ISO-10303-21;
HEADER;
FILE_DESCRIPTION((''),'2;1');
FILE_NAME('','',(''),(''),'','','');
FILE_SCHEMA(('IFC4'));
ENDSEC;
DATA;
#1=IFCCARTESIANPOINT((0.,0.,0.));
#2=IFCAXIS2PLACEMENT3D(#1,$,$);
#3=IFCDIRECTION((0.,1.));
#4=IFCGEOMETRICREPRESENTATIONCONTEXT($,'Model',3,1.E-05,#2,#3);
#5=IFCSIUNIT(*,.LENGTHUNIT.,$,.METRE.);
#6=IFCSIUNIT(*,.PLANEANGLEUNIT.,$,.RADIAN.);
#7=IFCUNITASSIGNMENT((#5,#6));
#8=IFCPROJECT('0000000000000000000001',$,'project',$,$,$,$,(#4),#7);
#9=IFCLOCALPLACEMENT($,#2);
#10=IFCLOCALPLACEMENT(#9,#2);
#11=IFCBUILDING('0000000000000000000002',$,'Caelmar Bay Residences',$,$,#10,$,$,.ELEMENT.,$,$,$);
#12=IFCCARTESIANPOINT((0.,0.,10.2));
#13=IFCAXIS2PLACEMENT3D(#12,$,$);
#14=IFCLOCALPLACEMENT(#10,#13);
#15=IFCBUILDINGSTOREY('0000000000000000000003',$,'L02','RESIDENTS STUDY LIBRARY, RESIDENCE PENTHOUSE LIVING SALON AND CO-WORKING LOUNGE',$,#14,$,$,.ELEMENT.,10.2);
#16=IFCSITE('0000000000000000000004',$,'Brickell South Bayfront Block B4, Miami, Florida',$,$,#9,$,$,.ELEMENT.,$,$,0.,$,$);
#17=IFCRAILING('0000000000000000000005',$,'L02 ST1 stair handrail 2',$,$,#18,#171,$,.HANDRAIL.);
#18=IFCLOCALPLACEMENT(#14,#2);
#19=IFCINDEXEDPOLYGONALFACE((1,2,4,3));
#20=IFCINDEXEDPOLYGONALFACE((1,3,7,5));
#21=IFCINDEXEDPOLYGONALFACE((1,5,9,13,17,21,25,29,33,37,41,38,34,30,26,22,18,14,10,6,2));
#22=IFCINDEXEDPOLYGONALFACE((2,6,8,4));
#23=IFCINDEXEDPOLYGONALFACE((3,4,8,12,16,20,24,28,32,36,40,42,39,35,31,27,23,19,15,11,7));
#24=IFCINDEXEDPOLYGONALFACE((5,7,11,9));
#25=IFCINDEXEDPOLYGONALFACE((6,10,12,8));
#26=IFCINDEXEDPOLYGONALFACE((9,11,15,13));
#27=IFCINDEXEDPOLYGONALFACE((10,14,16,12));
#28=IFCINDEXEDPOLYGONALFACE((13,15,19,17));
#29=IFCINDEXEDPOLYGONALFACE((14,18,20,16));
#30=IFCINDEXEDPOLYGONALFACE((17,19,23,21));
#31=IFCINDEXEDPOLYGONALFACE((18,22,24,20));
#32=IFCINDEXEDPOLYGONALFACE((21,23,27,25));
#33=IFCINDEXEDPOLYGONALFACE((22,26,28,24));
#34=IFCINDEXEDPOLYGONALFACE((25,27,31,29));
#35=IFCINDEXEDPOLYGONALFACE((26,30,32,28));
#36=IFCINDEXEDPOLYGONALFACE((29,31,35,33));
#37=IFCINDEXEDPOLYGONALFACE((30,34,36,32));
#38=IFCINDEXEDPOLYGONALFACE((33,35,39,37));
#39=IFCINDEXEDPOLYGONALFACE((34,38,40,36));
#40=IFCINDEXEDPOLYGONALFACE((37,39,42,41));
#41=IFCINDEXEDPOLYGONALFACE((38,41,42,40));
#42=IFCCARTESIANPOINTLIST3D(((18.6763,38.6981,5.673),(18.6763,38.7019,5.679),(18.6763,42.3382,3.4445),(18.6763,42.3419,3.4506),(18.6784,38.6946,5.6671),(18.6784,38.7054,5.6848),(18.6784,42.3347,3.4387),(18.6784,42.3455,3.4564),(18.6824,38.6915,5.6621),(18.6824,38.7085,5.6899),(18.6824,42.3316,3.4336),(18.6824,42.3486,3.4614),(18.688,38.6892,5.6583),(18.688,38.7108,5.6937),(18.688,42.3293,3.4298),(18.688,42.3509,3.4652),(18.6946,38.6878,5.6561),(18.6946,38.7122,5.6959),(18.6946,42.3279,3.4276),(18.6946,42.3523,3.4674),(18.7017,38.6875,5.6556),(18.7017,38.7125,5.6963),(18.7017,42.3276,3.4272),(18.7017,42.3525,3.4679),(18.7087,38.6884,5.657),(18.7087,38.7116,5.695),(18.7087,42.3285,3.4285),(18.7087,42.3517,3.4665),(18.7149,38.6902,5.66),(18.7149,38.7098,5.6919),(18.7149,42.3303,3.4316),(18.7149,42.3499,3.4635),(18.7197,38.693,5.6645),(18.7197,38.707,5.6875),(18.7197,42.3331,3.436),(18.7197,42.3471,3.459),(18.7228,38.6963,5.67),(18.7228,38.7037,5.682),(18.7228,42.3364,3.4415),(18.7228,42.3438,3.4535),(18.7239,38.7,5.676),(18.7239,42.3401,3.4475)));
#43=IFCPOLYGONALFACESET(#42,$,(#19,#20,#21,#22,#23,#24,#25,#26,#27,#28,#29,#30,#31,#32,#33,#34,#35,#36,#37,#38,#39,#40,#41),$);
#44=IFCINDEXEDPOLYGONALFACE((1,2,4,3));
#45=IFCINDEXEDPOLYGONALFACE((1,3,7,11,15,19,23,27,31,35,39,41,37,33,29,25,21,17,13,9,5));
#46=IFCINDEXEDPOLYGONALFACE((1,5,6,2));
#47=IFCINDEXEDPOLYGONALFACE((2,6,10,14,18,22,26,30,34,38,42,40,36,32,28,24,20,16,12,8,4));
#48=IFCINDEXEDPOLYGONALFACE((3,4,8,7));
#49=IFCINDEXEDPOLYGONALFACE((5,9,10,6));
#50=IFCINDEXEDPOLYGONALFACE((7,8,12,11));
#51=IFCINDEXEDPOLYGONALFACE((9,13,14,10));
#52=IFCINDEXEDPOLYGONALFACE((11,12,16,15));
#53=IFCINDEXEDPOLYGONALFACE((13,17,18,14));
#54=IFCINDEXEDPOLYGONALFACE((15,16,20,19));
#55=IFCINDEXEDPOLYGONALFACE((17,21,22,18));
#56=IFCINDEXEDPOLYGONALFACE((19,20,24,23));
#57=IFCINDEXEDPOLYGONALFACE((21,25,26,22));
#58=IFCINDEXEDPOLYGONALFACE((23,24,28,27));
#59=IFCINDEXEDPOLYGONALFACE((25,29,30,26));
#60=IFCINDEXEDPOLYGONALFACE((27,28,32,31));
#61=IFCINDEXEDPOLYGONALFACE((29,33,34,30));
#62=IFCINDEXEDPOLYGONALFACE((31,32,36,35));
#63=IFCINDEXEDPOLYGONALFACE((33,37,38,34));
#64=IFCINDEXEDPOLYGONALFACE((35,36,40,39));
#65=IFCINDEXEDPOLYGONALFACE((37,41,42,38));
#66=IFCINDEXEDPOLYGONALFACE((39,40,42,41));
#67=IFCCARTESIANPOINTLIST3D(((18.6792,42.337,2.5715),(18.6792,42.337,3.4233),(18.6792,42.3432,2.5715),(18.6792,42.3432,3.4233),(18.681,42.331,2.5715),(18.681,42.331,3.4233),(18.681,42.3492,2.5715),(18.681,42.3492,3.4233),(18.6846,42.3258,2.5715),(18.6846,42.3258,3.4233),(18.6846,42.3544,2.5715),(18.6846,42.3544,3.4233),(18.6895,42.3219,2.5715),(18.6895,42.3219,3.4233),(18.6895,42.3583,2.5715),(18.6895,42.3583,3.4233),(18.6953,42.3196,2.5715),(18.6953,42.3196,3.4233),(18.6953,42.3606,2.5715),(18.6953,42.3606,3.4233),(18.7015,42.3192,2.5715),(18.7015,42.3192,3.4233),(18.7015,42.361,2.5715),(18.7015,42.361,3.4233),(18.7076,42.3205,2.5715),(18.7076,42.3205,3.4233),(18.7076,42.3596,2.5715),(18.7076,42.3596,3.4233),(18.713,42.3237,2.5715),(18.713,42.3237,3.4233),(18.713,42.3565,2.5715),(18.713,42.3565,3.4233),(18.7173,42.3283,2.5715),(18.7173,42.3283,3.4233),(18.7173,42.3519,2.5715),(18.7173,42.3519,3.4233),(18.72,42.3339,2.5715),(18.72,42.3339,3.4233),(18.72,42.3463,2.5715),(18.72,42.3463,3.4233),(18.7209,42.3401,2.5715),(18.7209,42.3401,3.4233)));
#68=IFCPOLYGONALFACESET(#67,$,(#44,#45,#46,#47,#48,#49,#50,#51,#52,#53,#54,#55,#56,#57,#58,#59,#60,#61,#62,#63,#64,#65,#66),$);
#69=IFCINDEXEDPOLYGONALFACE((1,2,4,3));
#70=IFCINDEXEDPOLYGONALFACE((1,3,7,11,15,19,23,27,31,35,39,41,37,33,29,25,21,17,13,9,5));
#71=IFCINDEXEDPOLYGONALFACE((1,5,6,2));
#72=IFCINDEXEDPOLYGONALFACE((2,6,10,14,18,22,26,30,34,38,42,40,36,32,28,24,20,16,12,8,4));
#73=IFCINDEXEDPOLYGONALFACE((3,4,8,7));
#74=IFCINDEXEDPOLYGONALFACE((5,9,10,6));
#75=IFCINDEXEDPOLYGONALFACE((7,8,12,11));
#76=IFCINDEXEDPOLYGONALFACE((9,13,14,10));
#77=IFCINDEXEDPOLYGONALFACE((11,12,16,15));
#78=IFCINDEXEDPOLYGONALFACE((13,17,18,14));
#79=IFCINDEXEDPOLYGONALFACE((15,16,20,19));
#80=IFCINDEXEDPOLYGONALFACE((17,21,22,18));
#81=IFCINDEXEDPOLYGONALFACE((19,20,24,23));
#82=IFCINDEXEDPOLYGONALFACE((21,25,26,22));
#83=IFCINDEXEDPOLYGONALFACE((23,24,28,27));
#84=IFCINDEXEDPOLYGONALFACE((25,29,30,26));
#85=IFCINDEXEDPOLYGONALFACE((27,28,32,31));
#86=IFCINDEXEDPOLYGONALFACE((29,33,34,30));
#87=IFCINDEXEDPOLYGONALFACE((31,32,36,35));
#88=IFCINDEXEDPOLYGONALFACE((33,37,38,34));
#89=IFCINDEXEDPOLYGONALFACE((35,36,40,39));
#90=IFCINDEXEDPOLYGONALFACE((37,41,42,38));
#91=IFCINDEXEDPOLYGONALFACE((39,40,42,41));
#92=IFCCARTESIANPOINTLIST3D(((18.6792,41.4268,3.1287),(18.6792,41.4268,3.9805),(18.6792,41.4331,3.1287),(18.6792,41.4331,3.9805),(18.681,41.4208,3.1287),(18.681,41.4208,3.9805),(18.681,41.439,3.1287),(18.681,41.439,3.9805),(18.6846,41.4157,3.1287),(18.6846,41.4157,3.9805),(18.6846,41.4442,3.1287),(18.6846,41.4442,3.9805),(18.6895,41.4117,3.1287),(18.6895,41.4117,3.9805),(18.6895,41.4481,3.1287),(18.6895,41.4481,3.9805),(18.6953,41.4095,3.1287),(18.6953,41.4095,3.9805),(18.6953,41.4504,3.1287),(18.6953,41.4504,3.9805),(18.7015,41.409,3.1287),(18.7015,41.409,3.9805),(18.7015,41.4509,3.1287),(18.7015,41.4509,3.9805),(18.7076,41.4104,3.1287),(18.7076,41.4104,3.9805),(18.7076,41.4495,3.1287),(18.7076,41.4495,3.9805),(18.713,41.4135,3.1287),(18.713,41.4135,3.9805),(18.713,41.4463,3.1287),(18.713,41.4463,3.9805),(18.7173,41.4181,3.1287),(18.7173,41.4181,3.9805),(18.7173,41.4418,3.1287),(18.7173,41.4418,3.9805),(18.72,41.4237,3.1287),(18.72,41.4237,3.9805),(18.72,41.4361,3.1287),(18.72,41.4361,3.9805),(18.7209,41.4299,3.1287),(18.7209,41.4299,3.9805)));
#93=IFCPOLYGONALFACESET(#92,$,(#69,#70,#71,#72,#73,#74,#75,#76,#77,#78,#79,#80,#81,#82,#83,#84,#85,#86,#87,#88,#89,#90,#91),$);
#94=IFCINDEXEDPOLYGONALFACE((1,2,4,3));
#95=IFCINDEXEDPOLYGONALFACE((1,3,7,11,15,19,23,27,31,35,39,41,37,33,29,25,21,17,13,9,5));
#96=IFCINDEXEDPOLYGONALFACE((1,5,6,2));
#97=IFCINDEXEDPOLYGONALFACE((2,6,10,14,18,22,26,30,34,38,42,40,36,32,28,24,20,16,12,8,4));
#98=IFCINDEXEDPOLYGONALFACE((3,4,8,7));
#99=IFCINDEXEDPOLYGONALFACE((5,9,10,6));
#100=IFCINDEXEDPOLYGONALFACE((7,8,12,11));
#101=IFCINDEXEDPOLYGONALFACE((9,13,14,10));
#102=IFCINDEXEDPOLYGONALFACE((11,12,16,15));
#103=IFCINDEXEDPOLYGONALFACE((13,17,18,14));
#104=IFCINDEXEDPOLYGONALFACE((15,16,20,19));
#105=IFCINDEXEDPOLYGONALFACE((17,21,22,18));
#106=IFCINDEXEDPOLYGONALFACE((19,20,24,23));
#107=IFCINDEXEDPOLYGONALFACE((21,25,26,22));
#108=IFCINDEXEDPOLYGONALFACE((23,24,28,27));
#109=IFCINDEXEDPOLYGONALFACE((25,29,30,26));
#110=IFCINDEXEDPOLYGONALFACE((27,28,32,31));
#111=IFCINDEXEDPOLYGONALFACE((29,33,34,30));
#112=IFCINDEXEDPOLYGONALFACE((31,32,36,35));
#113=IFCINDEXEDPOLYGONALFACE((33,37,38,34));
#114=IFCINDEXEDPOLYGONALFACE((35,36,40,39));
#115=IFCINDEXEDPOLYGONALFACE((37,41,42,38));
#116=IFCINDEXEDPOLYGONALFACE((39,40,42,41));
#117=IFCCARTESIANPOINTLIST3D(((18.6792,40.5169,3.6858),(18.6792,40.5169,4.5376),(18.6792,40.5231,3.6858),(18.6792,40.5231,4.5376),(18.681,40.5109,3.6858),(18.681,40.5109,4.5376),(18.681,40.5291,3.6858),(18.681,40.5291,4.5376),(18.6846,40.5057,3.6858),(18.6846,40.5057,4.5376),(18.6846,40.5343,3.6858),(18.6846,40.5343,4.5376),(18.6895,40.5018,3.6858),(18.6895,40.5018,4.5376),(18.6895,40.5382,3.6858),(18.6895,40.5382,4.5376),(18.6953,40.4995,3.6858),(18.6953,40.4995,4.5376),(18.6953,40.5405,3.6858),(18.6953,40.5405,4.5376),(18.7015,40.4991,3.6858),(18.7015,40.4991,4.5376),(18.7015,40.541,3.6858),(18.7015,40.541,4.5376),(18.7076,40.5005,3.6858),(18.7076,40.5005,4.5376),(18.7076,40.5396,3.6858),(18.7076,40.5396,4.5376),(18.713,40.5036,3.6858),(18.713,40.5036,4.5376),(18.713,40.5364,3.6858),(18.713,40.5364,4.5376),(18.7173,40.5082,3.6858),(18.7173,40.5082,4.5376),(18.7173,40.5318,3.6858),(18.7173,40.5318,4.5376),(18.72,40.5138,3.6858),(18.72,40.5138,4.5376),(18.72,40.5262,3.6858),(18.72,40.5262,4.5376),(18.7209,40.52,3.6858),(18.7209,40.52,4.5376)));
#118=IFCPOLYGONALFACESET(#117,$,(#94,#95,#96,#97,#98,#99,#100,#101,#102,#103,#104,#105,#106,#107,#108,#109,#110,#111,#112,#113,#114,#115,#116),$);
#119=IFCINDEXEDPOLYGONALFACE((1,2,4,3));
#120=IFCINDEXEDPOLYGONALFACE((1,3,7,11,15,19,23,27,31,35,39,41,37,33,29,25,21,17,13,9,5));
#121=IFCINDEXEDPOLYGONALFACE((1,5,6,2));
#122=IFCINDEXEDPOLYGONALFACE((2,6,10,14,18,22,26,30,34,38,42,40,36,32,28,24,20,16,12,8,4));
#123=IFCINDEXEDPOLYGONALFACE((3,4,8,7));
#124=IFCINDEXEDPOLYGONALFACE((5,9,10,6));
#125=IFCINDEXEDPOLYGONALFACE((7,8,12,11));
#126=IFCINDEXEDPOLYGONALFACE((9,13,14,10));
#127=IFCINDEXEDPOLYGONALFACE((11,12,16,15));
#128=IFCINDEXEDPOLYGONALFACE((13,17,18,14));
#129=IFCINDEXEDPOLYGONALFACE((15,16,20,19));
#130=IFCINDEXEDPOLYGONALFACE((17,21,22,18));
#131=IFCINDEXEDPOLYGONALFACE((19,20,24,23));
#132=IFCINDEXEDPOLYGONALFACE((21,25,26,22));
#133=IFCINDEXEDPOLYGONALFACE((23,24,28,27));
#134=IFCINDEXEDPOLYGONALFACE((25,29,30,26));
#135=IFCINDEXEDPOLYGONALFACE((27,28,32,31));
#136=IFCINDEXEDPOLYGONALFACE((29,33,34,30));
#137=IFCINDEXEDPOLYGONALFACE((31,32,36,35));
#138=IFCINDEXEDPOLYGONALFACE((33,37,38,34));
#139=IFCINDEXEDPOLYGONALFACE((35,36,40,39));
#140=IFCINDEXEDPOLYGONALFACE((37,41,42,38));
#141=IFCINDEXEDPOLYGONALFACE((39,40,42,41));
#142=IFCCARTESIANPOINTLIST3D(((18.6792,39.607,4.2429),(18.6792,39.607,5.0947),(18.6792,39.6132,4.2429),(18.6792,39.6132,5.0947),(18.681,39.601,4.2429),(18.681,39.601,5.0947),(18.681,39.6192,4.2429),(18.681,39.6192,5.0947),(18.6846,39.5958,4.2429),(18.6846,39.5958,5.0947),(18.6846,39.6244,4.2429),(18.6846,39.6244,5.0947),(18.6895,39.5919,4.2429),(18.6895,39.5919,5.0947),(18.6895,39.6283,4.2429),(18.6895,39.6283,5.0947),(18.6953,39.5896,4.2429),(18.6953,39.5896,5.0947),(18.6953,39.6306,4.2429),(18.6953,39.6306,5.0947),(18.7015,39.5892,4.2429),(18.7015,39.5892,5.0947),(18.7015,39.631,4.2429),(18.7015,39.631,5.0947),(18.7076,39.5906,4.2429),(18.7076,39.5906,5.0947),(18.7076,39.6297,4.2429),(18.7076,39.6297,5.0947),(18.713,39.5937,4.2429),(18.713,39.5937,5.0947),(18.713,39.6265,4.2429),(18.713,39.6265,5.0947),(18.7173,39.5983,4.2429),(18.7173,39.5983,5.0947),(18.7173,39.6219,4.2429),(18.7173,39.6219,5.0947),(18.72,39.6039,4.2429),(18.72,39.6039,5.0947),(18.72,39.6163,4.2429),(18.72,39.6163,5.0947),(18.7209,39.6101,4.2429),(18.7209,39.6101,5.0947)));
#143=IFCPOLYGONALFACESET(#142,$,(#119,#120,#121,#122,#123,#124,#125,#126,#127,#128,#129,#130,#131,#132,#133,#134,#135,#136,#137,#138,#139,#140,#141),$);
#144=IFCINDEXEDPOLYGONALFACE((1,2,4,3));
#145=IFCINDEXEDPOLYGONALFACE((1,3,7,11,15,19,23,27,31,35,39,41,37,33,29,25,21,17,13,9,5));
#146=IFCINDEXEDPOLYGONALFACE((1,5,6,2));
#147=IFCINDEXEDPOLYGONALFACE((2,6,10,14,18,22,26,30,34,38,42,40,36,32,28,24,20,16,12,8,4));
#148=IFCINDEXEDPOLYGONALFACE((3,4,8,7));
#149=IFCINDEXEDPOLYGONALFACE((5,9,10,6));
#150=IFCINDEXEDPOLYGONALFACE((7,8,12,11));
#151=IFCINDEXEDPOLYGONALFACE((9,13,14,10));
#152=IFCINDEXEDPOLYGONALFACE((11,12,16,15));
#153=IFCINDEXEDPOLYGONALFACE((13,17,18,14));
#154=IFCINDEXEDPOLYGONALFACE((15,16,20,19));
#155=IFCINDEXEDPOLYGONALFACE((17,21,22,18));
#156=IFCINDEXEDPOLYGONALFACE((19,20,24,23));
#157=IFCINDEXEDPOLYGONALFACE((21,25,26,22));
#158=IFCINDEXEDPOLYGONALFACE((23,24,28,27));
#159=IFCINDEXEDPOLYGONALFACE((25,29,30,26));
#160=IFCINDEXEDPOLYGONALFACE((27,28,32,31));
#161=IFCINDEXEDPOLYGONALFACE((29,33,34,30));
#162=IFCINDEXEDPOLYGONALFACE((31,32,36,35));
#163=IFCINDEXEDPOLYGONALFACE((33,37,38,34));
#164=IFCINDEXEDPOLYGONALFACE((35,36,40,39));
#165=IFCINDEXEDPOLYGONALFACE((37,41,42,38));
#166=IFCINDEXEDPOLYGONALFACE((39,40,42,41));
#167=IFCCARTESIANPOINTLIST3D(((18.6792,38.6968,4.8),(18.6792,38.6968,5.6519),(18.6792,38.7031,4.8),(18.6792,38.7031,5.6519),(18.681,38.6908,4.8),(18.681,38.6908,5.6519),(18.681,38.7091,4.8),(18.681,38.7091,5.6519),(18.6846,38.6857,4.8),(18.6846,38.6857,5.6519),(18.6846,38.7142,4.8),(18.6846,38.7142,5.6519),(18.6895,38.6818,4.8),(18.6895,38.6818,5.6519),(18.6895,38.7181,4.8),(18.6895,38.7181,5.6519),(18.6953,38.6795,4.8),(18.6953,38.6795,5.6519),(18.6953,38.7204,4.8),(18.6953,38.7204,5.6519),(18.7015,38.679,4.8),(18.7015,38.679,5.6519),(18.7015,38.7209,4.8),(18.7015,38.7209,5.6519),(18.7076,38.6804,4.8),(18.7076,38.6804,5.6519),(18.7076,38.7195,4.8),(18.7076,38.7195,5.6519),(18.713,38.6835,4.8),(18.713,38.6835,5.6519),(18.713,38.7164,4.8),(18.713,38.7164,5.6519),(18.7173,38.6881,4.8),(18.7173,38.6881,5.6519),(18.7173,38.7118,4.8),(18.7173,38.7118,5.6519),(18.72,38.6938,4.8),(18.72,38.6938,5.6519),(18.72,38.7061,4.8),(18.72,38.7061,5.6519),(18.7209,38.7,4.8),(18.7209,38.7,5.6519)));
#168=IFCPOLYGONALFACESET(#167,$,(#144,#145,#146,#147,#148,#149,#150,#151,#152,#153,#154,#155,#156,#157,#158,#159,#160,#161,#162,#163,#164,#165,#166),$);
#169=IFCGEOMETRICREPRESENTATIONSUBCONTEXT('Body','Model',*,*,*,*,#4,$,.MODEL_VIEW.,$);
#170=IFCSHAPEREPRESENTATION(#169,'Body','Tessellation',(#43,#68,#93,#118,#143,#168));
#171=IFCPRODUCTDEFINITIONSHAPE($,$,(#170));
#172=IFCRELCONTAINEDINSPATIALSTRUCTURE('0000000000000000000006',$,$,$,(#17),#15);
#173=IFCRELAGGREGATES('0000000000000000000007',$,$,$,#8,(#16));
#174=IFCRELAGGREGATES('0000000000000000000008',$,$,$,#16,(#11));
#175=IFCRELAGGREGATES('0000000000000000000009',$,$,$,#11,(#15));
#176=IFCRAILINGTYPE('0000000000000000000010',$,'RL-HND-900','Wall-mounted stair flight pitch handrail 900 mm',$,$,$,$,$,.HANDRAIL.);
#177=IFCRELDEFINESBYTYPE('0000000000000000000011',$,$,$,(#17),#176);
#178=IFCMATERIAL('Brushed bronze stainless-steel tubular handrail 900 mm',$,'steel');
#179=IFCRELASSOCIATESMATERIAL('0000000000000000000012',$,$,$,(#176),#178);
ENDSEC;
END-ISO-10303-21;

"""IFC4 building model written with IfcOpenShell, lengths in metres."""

from ifc_helpers import new_model, si_unit, direction, frame, origin, origin_2d, place, context, subcontext, project, spatial, circle, extrude, material, type_object, element, save


model = new_model("IFC4")

# Units and contexts
model_context = context("Model", 3, precision=1e-05, world=origin(), true_north=direction((0.0, 1.0)))
body_context = subcontext(model_context, "Body", "Model", "MODEL_VIEW")
ifc_project = project(units=[si_unit("LENGTHUNIT", "METRE"), si_unit("PLANEANGLEUNIT", "RADIAN")], contexts=[model_context])

# Site, building, storey
site_placement = place(None, origin())
site = spatial("IfcSite", under=ifc_project, at=site_placement, Name="Brickell South Bayfront Block B4, Miami, Florida", CompositionType="ELEMENT", RefElevation=0.0)
building_placement = place(site_placement, origin())
building = spatial("IfcBuilding", under=site, at=building_placement, Name="Caelmar Bay Residences", CompositionType="ELEMENT")
storey_placement = place(building_placement, frame((0.0, 0.0, 10.2)))
storey = spatial("IfcBuildingStorey", under=building, at=storey_placement, Name="L02", Description="RESIDENTS STUDY LIBRARY, RESIDENCE PENTHOUSE LIVING SALON AND CO-WORKING LOUNGE", CompositionType="ELEMENT", Elevation=10.2)

# Railing
ifc_material_1 = material(Name="Brushed bronze stainless-steel tubular handrail 900 mm", Category="steel")
railing_type = type_object("IfcRailingType", Name="RL-HND-900", Description="Wall-mounted stair flight pitch handrail 900 mm", PredefinedType="HANDRAIL", material=ifc_material_1)
railing_placement = place(storey_placement, frame((18.7, 42.3401, 2.5715)))
element("IfcRailing", 1, at=railing_placement, inside=storey, type_object=railing_type, Name="L02 ST1 stair handrail 2", PredefinedType="HANDRAIL", context=body_context, shape_type="SweptSolid", body=[
    extrude(circle(Radius=0.0239, at=origin_2d()), frame((0.0, 0.0, 0.876), z_axis=(0.0, -0.852866, 0.52213), x_axis=(1.0, 0.0, 0.0)), (0.0, 0.0, 1.0), 4.2681),
    extrude(circle(Radius=0.021, at=origin_2d()), origin(), (0.0, 0.0, 1.0), 0.8518),
    extrude(circle(Radius=0.021, at=origin_2d()), frame((0.0, -0.9102, 0.5571)), (0.0, 0.0, 1.0), 0.8518),
    extrude(circle(Radius=0.021, at=origin_2d()), frame((0.0, -1.8201, 1.1143)), (0.0, 0.0, 1.0), 0.8518),
    extrude(circle(Radius=0.021, at=origin_2d()), frame((0.0, -2.73, 1.6714)), (0.0, 0.0, 1.0), 0.8518),
    extrude(circle(Radius=0.021, at=origin_2d()), frame((0.0, -3.6401, 2.2285)), (0.0, 0.0, 1.0), 0.8518),
])

save(model, "model.ifc")
